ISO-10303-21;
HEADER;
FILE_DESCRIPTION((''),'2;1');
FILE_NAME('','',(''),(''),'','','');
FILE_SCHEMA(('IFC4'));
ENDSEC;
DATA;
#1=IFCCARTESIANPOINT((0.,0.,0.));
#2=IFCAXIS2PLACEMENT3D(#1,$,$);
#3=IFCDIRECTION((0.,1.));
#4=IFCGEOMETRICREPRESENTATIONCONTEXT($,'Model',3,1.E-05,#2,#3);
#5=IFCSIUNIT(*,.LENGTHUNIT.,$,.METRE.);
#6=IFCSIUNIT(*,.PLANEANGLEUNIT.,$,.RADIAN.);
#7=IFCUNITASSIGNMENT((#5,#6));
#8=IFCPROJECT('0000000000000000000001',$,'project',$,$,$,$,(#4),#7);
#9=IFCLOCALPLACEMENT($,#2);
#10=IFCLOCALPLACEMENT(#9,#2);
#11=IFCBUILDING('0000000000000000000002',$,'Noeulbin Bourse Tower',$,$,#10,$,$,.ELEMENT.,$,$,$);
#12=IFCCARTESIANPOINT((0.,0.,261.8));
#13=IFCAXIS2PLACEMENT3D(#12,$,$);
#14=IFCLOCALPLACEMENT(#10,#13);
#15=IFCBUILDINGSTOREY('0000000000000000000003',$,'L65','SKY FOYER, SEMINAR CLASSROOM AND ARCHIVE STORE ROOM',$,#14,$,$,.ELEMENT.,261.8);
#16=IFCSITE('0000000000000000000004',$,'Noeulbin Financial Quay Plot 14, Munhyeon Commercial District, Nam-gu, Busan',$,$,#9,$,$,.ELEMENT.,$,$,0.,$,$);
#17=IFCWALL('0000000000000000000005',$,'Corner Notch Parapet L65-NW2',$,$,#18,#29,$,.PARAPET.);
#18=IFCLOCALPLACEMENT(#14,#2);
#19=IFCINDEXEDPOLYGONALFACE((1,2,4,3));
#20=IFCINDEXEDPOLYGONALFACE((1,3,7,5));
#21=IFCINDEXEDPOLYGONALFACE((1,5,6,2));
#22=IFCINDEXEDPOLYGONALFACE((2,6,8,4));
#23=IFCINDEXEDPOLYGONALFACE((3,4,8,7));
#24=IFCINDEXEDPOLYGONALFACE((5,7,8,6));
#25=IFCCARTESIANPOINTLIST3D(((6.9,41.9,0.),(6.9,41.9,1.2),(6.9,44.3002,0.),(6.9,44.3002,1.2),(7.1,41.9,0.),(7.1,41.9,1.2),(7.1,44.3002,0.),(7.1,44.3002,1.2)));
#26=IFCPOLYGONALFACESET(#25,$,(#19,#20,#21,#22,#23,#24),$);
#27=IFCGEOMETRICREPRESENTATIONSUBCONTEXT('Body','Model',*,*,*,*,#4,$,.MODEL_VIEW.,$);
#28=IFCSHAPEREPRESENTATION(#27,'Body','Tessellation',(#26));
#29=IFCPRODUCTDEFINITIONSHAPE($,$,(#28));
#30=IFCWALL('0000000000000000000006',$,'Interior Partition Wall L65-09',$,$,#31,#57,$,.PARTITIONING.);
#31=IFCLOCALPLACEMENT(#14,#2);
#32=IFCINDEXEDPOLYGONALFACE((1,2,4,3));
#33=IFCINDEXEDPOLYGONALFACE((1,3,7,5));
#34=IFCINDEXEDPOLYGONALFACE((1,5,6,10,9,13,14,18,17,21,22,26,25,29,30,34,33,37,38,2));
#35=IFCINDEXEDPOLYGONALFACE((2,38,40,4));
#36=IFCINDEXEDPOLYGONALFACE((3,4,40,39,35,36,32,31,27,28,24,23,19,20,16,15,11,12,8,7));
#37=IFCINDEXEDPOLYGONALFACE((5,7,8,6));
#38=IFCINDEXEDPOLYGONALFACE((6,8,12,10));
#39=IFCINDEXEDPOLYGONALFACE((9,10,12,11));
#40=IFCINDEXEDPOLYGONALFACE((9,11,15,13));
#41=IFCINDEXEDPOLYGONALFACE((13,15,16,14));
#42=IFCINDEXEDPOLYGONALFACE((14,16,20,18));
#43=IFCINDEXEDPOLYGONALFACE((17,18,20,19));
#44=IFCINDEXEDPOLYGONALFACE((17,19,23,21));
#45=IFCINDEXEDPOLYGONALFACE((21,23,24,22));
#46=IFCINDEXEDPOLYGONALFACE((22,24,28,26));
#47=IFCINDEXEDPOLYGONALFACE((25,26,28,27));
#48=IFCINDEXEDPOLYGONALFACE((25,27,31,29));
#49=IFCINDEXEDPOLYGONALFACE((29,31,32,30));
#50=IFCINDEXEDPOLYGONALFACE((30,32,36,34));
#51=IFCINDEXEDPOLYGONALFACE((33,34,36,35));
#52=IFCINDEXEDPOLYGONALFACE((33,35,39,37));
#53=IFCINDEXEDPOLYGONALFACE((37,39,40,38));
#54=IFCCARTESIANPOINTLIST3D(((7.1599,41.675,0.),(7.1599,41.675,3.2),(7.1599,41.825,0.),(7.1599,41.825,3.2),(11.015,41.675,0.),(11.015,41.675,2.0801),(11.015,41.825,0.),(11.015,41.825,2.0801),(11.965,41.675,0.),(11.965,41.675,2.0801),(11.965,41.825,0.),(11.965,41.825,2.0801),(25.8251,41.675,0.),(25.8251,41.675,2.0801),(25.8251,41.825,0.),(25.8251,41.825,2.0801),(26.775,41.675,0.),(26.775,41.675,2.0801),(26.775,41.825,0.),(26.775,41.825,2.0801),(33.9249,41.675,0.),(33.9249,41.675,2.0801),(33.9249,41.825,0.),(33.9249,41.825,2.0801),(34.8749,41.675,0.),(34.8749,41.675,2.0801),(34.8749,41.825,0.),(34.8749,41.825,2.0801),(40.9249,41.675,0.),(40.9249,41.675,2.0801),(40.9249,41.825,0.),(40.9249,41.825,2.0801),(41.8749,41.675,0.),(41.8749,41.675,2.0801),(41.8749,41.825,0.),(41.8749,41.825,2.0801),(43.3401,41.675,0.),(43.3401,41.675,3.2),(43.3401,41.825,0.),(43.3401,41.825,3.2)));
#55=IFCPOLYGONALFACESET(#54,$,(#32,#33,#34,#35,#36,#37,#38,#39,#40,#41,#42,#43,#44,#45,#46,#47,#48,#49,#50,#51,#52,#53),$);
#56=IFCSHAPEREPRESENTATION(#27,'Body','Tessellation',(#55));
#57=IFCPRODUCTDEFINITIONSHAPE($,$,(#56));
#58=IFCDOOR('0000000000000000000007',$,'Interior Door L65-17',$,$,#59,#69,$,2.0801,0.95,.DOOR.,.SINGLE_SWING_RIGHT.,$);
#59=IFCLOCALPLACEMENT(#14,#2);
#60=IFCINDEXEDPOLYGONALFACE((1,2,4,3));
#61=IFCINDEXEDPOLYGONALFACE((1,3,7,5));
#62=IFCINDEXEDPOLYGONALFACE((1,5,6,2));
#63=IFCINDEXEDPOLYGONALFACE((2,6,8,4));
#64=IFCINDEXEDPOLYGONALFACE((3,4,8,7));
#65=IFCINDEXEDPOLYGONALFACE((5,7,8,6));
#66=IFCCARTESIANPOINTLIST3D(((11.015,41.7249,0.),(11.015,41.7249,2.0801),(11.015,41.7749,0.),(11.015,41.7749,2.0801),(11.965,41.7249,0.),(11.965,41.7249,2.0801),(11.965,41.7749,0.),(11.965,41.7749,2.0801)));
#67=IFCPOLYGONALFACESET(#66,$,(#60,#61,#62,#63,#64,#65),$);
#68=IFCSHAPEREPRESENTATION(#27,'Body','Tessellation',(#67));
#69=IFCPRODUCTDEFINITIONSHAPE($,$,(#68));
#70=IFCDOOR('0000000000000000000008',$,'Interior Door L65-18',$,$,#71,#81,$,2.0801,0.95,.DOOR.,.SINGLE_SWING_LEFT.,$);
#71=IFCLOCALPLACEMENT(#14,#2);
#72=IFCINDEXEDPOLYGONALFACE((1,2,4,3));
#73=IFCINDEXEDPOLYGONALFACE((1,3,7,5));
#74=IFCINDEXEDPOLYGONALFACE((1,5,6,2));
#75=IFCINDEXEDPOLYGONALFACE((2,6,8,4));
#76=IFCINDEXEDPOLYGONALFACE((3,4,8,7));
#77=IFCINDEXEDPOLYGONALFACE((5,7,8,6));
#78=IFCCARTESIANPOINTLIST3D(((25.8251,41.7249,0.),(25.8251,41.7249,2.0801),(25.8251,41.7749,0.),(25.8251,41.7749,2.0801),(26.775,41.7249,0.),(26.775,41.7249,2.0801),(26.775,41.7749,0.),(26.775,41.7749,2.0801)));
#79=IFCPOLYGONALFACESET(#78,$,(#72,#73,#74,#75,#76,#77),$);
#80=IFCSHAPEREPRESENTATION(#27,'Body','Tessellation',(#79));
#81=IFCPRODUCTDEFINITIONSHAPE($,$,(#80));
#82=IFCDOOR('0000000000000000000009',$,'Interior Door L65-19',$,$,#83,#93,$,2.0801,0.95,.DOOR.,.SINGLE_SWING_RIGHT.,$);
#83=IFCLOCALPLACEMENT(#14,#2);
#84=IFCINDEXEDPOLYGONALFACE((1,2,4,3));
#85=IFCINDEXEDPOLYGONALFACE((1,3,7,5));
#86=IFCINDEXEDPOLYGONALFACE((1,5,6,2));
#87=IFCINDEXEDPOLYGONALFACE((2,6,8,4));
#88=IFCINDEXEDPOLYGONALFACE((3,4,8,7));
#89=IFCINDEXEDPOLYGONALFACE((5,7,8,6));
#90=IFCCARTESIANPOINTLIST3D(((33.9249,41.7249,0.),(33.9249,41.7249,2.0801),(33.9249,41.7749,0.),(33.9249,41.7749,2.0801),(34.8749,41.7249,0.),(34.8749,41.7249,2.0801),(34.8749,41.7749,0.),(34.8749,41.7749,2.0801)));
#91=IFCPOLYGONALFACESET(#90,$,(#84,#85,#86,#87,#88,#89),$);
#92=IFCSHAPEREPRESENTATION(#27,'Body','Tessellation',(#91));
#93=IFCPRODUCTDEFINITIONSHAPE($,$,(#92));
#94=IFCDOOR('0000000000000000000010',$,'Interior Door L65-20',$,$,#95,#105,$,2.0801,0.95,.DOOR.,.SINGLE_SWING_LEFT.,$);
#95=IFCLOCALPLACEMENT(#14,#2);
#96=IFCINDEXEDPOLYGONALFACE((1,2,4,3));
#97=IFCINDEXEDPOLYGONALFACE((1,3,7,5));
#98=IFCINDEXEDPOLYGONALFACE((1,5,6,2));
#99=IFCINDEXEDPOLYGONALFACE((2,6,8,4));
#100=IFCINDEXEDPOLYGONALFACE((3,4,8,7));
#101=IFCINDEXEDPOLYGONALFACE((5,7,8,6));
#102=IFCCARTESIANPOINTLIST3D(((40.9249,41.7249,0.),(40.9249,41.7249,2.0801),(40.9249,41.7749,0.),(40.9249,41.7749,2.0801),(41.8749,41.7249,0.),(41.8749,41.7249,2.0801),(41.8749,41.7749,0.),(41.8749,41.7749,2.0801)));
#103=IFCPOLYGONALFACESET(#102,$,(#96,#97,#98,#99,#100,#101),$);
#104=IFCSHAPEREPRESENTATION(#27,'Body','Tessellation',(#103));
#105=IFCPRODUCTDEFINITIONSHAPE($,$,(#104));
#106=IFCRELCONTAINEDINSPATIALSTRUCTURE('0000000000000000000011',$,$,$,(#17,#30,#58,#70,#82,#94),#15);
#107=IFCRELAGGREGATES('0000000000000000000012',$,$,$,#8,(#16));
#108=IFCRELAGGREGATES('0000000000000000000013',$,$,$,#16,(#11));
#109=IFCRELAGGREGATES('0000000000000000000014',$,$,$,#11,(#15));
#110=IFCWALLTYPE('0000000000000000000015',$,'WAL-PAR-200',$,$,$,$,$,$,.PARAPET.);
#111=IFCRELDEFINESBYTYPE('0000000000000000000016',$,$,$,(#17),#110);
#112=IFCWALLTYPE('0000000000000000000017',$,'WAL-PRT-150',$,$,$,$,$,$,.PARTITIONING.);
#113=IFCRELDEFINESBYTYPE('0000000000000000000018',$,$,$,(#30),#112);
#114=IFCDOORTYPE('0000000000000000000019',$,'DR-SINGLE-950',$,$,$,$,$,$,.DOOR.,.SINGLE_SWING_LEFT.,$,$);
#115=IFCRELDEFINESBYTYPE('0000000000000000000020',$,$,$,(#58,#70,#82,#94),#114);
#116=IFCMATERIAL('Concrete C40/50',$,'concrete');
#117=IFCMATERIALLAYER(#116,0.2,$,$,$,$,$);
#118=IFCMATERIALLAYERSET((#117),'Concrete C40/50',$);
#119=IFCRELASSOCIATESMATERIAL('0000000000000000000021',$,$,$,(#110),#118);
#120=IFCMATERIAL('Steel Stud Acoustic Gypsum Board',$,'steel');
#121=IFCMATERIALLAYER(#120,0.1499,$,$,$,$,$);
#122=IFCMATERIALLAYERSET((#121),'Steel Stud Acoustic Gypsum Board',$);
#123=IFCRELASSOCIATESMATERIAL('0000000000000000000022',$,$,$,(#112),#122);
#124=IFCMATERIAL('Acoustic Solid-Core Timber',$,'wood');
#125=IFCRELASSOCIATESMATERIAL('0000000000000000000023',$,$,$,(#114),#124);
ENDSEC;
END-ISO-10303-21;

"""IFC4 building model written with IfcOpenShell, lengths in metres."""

from ifc_helpers import new_model, si_unit, direction, frame, frame_2d, origin, place, context, subcontext, project, spatial, rectangle, extrude, material, layer, layer_set, type_object, element, fill, save


model = new_model("IFC4")

# Units and contexts
model_context = context("Model", 3, precision=1e-05, world=origin(), true_north=direction((0.0, 1.0)))
body_context = subcontext(model_context, "Body", "Model", "MODEL_VIEW")
ifc_project = project(units=[si_unit("LENGTHUNIT", "METRE"), si_unit("PLANEANGLEUNIT", "RADIAN")], contexts=[model_context])

# Site, building, storey
site_placement = place(None, origin())
site = spatial("IfcSite", under=ifc_project, at=site_placement, Name="Noeulbin Financial Quay Plot 14, Munhyeon Commercial District, Nam-gu, Busan", CompositionType="ELEMENT", RefElevation=0.0)
building_placement = place(site_placement, origin())
building = spatial("IfcBuilding", under=site, at=building_placement, Name="Noeulbin Bourse Tower", CompositionType="ELEMENT")
storey_placement = place(building_placement, frame((0.0, 0.0, 261.8)))
storey = spatial("IfcBuildingStorey", under=building, at=storey_placement, Name="L65", Description="SKY FOYER, SEMINAR CLASSROOM AND ARCHIVE STORE ROOM", CompositionType="ELEMENT", Elevation=261.8)

# Wall
ifc_material_1 = material(Name="Concrete C40/50", Category="concrete")
ifc_layer_1 = layer(ifc_material_1, 0.2)
ifc_layer_set_1 = layer_set([ifc_layer_1], Name="Concrete C40/50")
wall_type_1 = type_object("IfcWallType", Name="WAL-PAR-200", PredefinedType="PARAPET", material=ifc_layer_set_1)
wall_1_placement = place(storey_placement, frame((7.0, 41.8999, 0.0), z_axis=(0.0, 0.0, 1.0), x_axis=(0.0, 1.0, 0.0)))
element("IfcWall", 1, at=wall_1_placement, inside=storey, type_object=wall_type_1, Name="Corner Notch Parapet L65-NW2", PredefinedType="PARAPET", context=body_context, shape_type="SweptSolid", body=[
    extrude(rectangle(XDim=2.4001, YDim=0.2, at=frame_2d((1.2002, 0.0))), origin(), (0.0, 0.0, 1.0), 1.2),
])

# Wall, openings, doors
ifc_material_2 = material(Name="Steel Stud Acoustic Gypsum Board", Category="steel")
ifc_layer_2 = layer(ifc_material_2, 0.1499)
ifc_layer_set_2 = layer_set([ifc_layer_2], Name="Steel Stud Acoustic Gypsum Board")
wall_type_2 = type_object("IfcWallType", Name="WAL-PRT-150", PredefinedType="PARTITIONING", material=ifc_layer_set_2)
wall_2_placement = place(storey_placement, frame((7.1599, 41.75, 0.0), z_axis=(0.0, 0.0, 1.0), x_axis=(1.0, 0.0, 0.0)))
wall_2 = element("IfcWall", 2, at=wall_2_placement, inside=storey, type_object=wall_type_2, Name="Interior Partition Wall L65-09", PredefinedType="PARTITIONING", context=body_context, shape_type="SweptSolid", body=[
    extrude(rectangle(XDim=36.1802, YDim=0.1499, at=frame_2d((18.0901, 0.0))), origin(), (0.0, 0.0, 1.0), 3.2),
])
opening_1_placement = place(wall_2_placement, frame((3.855, 0.0, 0.0)))
opening_1 = element("IfcOpeningElement", 3, at=opening_1_placement, cuts=wall_2, PredefinedType="OPENING", context=body_context, shape_type="SweptSolid", body=[
    extrude(rectangle(XDim=0.95, YDim=2.0801, at=frame_2d((0.4751, 1.04))), frame((0.0, 0.085, 0.0), z_axis=(0.0, -1.0, 0.0), x_axis=(1.0, 0.0, 0.0)), (0.0, 0.0, 1.0), 0.1699),
])
opening_2_placement = place(wall_2_placement, frame((18.665, 0.0, 0.0)))
opening_2 = element("IfcOpeningElement", 4, at=opening_2_placement, cuts=wall_2, PredefinedType="OPENING", context=body_context, shape_type="SweptSolid", body=[
    extrude(rectangle(XDim=0.95, YDim=2.0801, at=frame_2d((0.4751, 1.04))), frame((0.0, 0.085, 0.0), z_axis=(0.0, -1.0, 0.0), x_axis=(1.0, 0.0, 0.0)), (0.0, 0.0, 1.0), 0.1699),
])
opening_3_placement = place(wall_2_placement, frame((26.7649, 0.0, 0.0)))
opening_3 = element("IfcOpeningElement", 5, at=opening_3_placement, cuts=wall_2, PredefinedType="OPENING", context=body_context, shape_type="SweptSolid", body=[
    extrude(rectangle(XDim=0.95, YDim=2.0801, at=frame_2d((0.4751, 1.04))), frame((0.0, 0.085, 0.0), z_axis=(0.0, -1.0, 0.0), x_axis=(1.0, 0.0, 0.0)), (0.0, 0.0, 1.0), 0.1699),
])
opening_4_placement = place(wall_2_placement, frame((33.7649, 0.0, 0.0)))
opening_4 = element("IfcOpeningElement", 6, at=opening_4_placement, cuts=wall_2, PredefinedType="OPENING", context=body_context, shape_type="SweptSolid", body=[
    extrude(rectangle(XDim=0.95, YDim=2.0801, at=frame_2d((0.4751, 1.04))), frame((0.0, 0.085, 0.0), z_axis=(0.0, -1.0, 0.0), x_axis=(1.0, 0.0, 0.0)), (0.0, 0.0, 1.0), 0.1699),
])
ifc_material_3 = material(Name="Acoustic Solid-Core Timber", Category="wood")
door_type = type_object("IfcDoorType", Name="DR-SINGLE-950", OperationType="SINGLE_SWING_LEFT", PredefinedType="DOOR", material=ifc_material_3)
door_1_placement = place(opening_1_placement, origin())
door_1 = element("IfcDoor", 7, at=door_1_placement, inside=storey, type_object=door_type, Name="Interior Door L65-17", OperationType="SINGLE_SWING_RIGHT", OverallHeight=2.0801, OverallWidth=0.95, PredefinedType="DOOR", context=body_context, shape_type="SweptSolid", body=[
    extrude(rectangle(XDim=0.95, YDim=2.0801, at=frame_2d((0.4751, 1.04))), frame((0.0, 0.0249, 0.0), z_axis=(0.0, -1.0, 0.0), x_axis=(1.0, 0.0, 0.0)), (0.0, 0.0, 1.0), 0.05),
])
fill(opening_1, door_1)
door_2_placement = place(opening_2_placement, origin())
door_2 = element("IfcDoor", 8, at=door_2_placement, inside=storey, type_object=door_type, Name="Interior Door L65-18", OperationType="SINGLE_SWING_LEFT", OverallHeight=2.0801, OverallWidth=0.95, PredefinedType="DOOR", context=body_context, shape_type="SweptSolid", body=[
    extrude(rectangle(XDim=0.95, YDim=2.0801, at=frame_2d((0.4751, 1.04))), frame((0.0, 0.0249, 0.0), z_axis=(0.0, -1.0, 0.0), x_axis=(1.0, 0.0, 0.0)), (0.0, 0.0, 1.0), 0.05),
])
fill(opening_2, door_2)
door_3_placement = place(opening_3_placement, origin())
door_3 = element("IfcDoor", 9, at=door_3_placement, inside=storey, type_object=door_type, Name="Interior Door L65-19", OperationType="SINGLE_SWING_RIGHT", OverallHeight=2.0801, OverallWidth=0.95, PredefinedType="DOOR", context=body_context, shape_type="SweptSolid", body=[
    extrude(rectangle(XDim=0.95, YDim=2.0801, at=frame_2d((0.4751, 1.04))), frame((0.0, 0.0249, 0.0), z_axis=(0.0, -1.0, 0.0), x_axis=(1.0, 0.0, 0.0)), (0.0, 0.0, 1.0), 0.05),
])
fill(opening_3, door_3)
door_4_placement = place(opening_4_placement, origin())
door_4 = element("IfcDoor", 10, at=door_4_placement, inside=storey, type_object=door_type, Name="Interior Door L65-20", OperationType="SINGLE_SWING_LEFT", OverallHeight=2.0801, OverallWidth=0.95, PredefinedType="DOOR", context=body_context, shape_type="SweptSolid", body=[
    extrude(rectangle(XDim=0.95, YDim=2.0801, at=frame_2d((0.4751, 1.04))), frame((0.0, 0.0249, 0.0), z_axis=(0.0, -1.0, 0.0), x_axis=(1.0, 0.0, 0.0)), (0.0, 0.0, 1.0), 0.05),
])
fill(opening_4, door_4)

save(model, "model.ifc")
